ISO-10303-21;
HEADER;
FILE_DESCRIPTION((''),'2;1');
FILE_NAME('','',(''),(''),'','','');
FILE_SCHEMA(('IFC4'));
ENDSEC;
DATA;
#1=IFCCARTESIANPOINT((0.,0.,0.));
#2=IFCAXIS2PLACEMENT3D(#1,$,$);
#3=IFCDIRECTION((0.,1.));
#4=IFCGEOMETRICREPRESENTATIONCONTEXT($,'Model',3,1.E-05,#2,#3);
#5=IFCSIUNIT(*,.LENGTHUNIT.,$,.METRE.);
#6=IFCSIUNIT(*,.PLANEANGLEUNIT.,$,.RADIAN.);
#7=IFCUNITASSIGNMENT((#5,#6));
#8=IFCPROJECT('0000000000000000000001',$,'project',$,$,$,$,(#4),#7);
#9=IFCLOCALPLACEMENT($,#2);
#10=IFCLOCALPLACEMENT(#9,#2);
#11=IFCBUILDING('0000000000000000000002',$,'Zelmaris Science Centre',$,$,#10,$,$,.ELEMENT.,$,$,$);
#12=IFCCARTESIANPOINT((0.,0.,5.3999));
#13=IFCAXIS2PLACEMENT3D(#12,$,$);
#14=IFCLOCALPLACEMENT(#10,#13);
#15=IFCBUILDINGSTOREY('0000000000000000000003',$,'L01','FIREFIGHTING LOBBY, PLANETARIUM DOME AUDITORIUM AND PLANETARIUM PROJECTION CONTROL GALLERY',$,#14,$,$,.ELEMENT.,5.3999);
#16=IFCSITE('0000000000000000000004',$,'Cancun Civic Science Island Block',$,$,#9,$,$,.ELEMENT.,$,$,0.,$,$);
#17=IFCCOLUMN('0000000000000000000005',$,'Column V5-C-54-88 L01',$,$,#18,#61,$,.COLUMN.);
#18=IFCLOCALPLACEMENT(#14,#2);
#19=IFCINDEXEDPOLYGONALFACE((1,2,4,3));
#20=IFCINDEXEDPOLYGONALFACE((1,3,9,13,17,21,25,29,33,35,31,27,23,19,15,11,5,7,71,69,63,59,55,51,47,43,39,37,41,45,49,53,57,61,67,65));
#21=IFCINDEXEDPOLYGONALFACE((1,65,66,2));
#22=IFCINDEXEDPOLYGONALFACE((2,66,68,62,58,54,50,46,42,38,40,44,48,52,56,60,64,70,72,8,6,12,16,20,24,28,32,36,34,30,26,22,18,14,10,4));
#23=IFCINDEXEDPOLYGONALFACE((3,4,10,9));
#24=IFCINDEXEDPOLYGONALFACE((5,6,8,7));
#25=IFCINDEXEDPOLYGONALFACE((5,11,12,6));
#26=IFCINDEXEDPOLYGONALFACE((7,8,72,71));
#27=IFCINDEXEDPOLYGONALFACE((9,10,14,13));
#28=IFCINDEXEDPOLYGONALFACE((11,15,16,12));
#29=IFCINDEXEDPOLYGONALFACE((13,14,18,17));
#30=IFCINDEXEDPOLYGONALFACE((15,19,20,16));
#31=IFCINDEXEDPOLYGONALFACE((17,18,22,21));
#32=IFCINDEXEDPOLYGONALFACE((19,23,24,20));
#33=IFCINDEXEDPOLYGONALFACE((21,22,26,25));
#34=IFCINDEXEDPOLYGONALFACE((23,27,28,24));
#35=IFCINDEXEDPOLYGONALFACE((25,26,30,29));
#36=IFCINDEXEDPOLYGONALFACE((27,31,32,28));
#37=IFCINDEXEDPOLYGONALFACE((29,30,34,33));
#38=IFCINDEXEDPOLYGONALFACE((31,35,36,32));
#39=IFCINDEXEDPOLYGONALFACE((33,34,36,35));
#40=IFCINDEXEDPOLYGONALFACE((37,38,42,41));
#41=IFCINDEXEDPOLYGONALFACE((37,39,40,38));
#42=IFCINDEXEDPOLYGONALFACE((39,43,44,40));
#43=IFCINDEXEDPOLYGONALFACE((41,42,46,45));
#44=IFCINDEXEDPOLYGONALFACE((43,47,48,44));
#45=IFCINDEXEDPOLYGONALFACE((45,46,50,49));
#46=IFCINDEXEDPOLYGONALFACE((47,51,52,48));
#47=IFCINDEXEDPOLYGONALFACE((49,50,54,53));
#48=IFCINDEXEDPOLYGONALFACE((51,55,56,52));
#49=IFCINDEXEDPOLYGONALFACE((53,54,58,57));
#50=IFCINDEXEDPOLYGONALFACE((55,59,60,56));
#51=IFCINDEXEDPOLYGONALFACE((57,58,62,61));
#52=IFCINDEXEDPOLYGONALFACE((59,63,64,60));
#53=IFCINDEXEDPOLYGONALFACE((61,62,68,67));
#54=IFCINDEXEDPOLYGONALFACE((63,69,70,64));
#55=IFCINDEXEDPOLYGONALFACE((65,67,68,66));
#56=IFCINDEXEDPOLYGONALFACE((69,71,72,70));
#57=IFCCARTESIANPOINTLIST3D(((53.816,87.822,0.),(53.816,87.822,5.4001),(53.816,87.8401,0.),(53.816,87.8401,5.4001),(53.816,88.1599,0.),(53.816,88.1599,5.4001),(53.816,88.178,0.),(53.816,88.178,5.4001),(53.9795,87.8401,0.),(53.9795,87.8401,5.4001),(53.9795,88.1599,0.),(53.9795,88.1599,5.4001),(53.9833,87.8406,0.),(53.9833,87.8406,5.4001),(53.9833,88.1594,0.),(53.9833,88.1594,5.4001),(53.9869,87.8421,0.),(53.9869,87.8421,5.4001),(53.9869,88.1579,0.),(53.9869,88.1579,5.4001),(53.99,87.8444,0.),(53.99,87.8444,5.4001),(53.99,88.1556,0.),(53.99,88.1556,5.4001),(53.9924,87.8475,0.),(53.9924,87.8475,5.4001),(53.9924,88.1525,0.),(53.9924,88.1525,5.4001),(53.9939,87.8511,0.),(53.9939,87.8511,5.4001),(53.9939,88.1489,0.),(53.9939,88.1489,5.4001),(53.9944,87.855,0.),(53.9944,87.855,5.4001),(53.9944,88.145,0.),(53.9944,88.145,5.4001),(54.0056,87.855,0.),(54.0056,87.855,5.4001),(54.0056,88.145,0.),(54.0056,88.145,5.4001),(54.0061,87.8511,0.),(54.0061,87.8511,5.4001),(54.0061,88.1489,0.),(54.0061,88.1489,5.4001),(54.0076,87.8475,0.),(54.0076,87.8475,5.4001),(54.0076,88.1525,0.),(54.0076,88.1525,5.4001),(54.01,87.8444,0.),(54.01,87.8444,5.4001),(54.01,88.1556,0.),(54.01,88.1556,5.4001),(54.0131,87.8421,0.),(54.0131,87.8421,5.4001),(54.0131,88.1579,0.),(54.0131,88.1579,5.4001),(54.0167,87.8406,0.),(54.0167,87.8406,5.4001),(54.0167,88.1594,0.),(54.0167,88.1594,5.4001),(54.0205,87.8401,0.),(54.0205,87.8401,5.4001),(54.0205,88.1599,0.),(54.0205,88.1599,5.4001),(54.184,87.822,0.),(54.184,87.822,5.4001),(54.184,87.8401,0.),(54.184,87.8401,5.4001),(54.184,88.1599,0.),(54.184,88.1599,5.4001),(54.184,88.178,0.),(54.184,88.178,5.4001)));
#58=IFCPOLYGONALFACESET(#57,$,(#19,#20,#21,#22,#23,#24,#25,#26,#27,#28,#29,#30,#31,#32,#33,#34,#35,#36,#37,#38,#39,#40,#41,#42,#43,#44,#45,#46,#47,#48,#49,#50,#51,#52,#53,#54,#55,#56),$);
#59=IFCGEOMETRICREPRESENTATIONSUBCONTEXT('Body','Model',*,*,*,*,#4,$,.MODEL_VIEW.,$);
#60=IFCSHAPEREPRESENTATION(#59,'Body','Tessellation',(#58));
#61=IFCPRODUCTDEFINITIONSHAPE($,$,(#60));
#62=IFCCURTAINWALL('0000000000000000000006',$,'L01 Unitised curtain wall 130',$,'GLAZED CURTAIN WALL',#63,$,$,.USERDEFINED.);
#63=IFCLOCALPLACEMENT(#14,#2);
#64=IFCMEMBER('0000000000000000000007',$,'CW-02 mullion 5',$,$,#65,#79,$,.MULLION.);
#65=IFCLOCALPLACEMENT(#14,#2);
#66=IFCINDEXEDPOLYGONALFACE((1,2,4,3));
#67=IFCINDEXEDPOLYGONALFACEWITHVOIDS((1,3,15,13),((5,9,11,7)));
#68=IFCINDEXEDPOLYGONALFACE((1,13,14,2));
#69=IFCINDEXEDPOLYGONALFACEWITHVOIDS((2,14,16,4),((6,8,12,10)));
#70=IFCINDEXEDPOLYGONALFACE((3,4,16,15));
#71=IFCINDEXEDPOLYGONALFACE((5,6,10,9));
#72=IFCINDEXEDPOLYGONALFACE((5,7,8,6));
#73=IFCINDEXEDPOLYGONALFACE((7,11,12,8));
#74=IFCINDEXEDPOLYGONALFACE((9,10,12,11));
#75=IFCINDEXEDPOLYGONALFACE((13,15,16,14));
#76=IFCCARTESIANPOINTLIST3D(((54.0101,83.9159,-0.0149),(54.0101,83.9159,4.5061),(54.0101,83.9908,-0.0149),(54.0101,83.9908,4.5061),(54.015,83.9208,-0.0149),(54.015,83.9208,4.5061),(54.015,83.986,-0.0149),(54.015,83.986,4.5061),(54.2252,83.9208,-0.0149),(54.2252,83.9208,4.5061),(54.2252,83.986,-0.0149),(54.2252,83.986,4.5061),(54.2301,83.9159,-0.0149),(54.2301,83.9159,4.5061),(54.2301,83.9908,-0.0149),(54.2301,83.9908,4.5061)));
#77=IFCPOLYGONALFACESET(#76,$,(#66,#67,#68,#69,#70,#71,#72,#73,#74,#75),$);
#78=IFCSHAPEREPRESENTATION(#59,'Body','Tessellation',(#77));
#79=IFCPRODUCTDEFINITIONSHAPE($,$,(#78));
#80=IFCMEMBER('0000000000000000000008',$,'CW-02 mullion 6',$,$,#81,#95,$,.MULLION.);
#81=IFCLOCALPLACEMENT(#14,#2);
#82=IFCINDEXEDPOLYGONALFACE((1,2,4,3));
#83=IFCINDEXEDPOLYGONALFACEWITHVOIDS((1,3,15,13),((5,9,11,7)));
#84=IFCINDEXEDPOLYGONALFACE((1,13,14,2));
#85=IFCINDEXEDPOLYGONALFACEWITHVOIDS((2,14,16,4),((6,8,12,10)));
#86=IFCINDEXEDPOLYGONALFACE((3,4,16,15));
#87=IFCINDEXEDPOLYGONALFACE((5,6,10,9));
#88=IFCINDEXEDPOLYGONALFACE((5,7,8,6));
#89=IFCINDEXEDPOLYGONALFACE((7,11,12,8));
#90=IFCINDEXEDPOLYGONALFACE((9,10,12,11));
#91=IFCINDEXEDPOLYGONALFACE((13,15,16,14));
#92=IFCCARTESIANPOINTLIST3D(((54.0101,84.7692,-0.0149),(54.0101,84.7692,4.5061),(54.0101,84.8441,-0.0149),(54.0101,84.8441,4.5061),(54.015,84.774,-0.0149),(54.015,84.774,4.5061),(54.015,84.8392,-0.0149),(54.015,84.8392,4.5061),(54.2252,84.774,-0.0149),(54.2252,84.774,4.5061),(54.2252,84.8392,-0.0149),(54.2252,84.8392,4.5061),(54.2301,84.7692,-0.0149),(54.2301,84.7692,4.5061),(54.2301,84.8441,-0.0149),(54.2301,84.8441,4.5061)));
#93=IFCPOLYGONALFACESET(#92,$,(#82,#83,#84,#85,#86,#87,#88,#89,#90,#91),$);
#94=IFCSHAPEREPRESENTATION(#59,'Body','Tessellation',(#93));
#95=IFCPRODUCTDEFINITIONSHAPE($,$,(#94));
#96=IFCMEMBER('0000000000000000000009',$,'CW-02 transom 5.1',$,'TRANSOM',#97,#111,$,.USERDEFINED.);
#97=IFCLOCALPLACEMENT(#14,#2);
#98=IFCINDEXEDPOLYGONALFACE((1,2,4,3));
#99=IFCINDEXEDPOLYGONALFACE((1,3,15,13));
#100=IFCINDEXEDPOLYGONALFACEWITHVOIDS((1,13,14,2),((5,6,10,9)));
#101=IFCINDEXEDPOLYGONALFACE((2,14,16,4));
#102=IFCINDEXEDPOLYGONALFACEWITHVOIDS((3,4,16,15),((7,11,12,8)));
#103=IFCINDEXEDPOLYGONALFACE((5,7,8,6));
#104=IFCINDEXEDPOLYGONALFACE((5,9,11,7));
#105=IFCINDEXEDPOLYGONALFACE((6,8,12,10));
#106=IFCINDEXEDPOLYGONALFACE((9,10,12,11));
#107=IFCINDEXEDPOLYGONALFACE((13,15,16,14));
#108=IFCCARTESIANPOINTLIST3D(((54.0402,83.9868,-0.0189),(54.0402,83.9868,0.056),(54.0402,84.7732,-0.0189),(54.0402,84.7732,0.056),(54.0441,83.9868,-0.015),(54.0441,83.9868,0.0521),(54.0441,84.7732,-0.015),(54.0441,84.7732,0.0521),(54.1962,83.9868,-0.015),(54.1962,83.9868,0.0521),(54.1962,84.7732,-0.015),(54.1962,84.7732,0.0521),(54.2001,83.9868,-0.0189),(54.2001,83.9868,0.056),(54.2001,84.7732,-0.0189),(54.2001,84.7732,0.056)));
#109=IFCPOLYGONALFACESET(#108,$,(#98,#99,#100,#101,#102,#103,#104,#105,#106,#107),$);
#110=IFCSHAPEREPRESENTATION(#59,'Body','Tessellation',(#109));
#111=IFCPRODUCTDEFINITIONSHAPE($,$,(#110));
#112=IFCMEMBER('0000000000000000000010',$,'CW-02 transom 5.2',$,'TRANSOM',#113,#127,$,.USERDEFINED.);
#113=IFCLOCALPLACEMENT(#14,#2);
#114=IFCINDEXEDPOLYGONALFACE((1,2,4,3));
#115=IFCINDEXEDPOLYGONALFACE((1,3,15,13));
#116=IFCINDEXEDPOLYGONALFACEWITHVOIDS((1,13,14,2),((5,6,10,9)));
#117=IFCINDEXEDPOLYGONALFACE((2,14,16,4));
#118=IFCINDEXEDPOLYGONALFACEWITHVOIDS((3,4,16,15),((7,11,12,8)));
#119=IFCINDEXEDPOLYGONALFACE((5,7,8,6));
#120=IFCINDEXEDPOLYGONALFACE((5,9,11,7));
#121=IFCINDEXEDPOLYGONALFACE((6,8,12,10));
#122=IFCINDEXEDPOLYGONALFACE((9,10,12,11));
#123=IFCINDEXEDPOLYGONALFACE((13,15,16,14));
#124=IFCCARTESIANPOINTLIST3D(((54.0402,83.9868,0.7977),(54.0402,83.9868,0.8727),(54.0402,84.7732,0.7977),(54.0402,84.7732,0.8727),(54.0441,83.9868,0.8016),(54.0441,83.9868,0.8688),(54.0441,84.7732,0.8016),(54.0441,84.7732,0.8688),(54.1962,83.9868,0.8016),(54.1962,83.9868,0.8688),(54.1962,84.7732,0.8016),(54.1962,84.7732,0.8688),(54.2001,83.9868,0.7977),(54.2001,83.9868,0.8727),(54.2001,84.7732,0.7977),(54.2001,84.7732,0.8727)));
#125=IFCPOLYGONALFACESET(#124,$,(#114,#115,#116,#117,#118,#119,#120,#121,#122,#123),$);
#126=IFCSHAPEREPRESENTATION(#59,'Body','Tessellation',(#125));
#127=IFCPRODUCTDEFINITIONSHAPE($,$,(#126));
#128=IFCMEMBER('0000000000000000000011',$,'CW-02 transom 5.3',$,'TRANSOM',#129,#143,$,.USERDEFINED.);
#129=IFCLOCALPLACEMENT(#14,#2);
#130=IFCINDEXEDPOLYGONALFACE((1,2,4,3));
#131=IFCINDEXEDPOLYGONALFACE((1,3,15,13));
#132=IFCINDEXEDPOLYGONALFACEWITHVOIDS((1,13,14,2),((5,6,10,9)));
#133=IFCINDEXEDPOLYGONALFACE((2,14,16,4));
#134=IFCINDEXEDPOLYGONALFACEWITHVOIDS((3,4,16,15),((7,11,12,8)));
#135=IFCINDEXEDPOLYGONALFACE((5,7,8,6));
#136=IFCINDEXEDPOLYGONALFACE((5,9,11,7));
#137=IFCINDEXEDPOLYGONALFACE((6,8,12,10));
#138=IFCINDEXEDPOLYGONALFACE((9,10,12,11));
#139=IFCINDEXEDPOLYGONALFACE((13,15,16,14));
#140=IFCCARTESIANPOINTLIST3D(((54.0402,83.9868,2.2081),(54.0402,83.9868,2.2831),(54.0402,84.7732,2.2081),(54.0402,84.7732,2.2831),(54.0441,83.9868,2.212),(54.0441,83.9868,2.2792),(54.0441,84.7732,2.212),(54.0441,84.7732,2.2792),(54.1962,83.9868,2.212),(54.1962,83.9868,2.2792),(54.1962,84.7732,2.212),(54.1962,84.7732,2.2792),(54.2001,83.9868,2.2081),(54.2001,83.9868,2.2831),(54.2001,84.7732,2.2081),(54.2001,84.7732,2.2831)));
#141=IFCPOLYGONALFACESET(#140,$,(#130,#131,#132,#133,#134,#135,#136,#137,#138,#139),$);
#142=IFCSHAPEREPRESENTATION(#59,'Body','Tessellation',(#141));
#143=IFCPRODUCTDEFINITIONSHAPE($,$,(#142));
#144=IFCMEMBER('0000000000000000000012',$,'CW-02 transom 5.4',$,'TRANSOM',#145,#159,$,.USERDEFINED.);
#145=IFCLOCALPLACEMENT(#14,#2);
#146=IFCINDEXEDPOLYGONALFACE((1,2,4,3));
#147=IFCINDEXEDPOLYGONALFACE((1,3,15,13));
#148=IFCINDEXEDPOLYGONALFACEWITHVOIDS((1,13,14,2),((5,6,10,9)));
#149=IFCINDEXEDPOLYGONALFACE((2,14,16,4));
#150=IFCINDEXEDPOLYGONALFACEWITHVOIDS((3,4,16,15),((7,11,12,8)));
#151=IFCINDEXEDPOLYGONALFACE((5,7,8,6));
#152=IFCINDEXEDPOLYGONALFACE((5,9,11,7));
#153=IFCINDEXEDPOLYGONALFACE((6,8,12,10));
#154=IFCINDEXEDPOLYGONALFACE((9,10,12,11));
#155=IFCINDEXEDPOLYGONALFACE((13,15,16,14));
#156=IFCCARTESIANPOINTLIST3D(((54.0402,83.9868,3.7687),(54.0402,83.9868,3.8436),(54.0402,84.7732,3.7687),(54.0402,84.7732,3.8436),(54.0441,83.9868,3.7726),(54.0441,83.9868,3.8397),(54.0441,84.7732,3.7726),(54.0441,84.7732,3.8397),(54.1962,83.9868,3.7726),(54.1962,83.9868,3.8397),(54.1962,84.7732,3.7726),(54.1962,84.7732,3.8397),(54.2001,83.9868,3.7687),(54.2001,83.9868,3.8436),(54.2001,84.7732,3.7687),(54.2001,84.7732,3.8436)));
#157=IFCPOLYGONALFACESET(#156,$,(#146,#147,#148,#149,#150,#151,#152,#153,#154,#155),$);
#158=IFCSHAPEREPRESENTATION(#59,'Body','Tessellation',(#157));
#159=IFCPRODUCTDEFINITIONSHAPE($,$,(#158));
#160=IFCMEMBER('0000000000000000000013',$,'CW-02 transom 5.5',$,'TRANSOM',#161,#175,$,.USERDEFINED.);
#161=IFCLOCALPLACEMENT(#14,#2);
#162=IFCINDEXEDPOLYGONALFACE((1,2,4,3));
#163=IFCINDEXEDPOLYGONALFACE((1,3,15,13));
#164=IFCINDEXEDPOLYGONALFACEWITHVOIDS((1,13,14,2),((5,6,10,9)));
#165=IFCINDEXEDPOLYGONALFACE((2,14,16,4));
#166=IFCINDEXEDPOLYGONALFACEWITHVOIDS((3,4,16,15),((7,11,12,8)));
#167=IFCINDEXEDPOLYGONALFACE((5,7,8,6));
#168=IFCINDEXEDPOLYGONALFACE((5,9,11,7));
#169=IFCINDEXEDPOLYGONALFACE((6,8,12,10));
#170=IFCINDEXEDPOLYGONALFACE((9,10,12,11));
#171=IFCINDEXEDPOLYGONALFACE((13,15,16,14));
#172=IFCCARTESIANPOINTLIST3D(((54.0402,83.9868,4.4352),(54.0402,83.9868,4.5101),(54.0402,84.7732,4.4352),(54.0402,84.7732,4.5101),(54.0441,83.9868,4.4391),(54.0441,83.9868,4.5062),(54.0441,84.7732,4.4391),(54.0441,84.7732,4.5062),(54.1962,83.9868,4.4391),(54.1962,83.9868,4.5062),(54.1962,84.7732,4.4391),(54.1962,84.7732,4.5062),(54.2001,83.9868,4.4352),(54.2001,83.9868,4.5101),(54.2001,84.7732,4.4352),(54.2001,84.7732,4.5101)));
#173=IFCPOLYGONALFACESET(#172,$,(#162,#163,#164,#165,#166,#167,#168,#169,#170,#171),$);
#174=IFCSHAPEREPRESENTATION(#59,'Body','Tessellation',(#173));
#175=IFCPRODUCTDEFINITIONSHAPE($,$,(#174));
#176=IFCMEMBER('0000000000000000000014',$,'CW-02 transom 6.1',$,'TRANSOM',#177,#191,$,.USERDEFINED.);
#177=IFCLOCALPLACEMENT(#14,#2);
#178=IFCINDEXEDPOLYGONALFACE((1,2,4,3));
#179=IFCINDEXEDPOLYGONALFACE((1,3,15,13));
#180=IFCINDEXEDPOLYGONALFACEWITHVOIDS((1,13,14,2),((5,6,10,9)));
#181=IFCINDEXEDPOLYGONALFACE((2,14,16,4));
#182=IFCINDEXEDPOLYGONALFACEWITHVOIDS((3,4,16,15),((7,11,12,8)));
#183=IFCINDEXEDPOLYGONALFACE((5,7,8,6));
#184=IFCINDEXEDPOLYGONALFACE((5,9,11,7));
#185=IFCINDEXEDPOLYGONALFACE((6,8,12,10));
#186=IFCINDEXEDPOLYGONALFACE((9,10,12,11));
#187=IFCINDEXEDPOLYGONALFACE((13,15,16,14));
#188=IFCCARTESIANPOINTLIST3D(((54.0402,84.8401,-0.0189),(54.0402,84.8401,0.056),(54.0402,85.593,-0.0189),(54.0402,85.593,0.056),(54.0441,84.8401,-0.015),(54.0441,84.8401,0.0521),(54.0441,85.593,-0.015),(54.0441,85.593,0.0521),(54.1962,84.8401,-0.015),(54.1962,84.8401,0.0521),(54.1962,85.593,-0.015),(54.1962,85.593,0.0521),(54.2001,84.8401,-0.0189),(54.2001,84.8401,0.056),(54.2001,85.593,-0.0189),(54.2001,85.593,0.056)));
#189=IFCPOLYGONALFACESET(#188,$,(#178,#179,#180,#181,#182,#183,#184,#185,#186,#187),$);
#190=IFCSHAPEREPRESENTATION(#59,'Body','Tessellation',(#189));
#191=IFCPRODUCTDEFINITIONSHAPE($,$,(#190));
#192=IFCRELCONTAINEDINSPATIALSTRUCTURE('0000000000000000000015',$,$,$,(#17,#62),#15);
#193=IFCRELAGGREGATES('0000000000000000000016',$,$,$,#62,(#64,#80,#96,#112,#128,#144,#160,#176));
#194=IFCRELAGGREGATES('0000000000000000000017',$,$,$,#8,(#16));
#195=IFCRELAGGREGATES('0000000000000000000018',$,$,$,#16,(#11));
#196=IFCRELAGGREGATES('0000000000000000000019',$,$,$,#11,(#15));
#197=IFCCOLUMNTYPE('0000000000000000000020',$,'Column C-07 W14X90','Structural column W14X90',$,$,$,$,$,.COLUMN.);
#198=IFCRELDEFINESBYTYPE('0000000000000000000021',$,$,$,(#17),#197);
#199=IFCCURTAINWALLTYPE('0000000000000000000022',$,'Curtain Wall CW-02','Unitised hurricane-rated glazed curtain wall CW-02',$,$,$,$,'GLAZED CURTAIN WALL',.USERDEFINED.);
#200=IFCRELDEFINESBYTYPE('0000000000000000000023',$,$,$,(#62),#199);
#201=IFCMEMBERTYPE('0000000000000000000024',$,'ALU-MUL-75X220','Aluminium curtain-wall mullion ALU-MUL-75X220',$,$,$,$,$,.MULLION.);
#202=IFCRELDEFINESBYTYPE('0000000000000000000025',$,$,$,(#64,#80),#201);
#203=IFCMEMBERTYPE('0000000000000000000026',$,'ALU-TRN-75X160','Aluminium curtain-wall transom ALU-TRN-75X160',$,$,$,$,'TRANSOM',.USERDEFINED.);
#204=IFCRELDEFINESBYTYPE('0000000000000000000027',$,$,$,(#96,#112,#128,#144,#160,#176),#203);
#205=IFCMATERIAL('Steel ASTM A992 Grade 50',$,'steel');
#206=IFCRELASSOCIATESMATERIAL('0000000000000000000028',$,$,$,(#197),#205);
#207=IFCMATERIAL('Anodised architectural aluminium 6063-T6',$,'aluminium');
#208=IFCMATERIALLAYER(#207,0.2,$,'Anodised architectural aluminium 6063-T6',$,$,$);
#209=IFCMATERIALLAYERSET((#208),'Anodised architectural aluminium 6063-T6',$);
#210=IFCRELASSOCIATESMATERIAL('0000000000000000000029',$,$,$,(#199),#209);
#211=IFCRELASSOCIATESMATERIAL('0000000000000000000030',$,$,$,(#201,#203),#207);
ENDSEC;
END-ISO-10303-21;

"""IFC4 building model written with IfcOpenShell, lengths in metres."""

from ifc_helpers import new_model, si_unit, direction, frame, origin, origin_2d, place, context, subcontext, project, spatial, hollow_rectangle, i_section, extrude, material, layer, layer_set, material_profile, profile_set, type_object, element, aggregate, save


model = new_model("IFC4")

# Units and contexts
model_context = context("Model", 3, precision=1e-05, world=origin(), true_north=direction((0.0, 1.0)))
body_context = subcontext(model_context, "Body", "Model", "MODEL_VIEW")
ifc_project = project(units=[si_unit("LENGTHUNIT", "METRE"), si_unit("PLANEANGLEUNIT", "RADIAN")], contexts=[model_context])

# Site, building, storey
site_placement = place(None, origin())
site = spatial("IfcSite", under=ifc_project, at=site_placement, Name="Cancun Civic Science Island Block", CompositionType="ELEMENT", RefElevation=0.0)
building_placement = place(site_placement, origin())
building = spatial("IfcBuilding", under=site, at=building_placement, Name="Zelmaris Science Centre", CompositionType="ELEMENT")
storey_placement = place(building_placement, frame((0.0, 0.0, 5.3999)))
storey = spatial("IfcBuildingStorey", under=building, at=storey_placement, Name="L01", Description="FIREFIGHTING LOBBY, PLANETARIUM DOME AUDITORIUM AND PLANETARIUM PROJECTION CONTROL GALLERY", CompositionType="ELEMENT", Elevation=5.3999)

# Column
ifc_material_1 = material(Name="Steel ASTM A992 Grade 50", Category="steel")
ifc_material_profile_1 = material_profile(ifc_material_1, i_section(OverallWidth=0.3679, OverallDepth=0.356, WebThickness=0.0112, FlangeThickness=0.0181, FilletRadius=0.0149, at=origin_2d()), Name="W14X90")
ifc_profile_set_1 = profile_set([ifc_material_profile_1], Name="Steel ASTM A992 Grade 50")
column_type = type_object("IfcColumnType", Name="Column C-07 W14X90", Description="Structural column W14X90", PredefinedType="COLUMN", material=ifc_profile_set_1)
column_placement = place(storey_placement, frame((54.0, 88.0, 0.0), z_axis=(0.0, 0.0, 1.0), x_axis=(1.0, 0.0, 0.0)))
element("IfcColumn", 1, at=column_placement, inside=storey, type_object=column_type, Name="Column V5-C-54-88 L01", PredefinedType="COLUMN", context=body_context, shape_type="SweptSolid", body=[
    extrude(i_section(OverallWidth=0.3679, OverallDepth=0.356, WebThickness=0.0112, FlangeThickness=0.0181, FilletRadius=0.0149, at=origin_2d()), origin(), (0.0, 0.0, 1.0), 5.4001),
])

# Curtain wall, members
ifc_material_2 = material(Name="Anodised architectural aluminium 6063-T6", Category="aluminium")
ifc_layer_1 = layer(ifc_material_2, 0.2, Name="Anodised architectural aluminium 6063-T6")
ifc_layer_set_1 = layer_set([ifc_layer_1], Name="Anodised architectural aluminium 6063-T6")
curtain_wall_type = type_object("IfcCurtainWallType", Name="Curtain Wall CW-02", Description="Unitised hurricane-rated glazed curtain wall CW-02", ElementType="GLAZED CURTAIN WALL", PredefinedType="USERDEFINED", material=ifc_layer_set_1)
curtain_wall_placement = place(storey_placement, origin())
curtain_wall = element("IfcCurtainWall", 2, at=curtain_wall_placement, inside=storey, type_object=curtain_wall_type, Name="L01 Unitised curtain wall 130", ObjectType="GLAZED CURTAIN WALL", PredefinedType="USERDEFINED")
ifc_material_profile_2 = material_profile(ifc_material_2, hollow_rectangle(XDim=0.075, YDim=0.22, WallThickness=0.0049, at=origin_2d()), Name="ALU-MUL-75X220")
ifc_profile_set_2 = profile_set([ifc_material_profile_2], Name="Anodised architectural aluminium 6063-T6")
member_type_1 = type_object("IfcMemberType", Name="ALU-MUL-75X220", Description="Aluminium curtain-wall mullion ALU-MUL-75X220", PredefinedType="MULLION", material=ifc_profile_set_2)
member_1_placement = place(storey_placement, frame((54.1201, 83.9534, -0.0149), z_axis=(0.0, 0.0, 1.0), x_axis=(0.000007, 1.0, 0.0)))
member_1 = element("IfcMember", 3, at=member_1_placement, type_object=member_type_1, Name="CW-02 mullion 5", PredefinedType="MULLION", context=body_context, shape_type="SweptSolid", body=[
    extrude(hollow_rectangle(XDim=0.075, YDim=0.22, WallThickness=0.0049, at=origin_2d()), origin(), (0.0, 0.0, 1.0), 4.521),
])
member_2_placement = place(storey_placement, frame((54.1201, 84.8066, -0.0149), z_axis=(0.0, 0.0, 1.0), x_axis=(0.000007, 1.0, 0.0)))
member_2 = element("IfcMember", 4, at=member_2_placement, type_object=member_type_1, Name="CW-02 mullion 6", PredefinedType="MULLION", context=body_context, shape_type="SweptSolid", body=[
    extrude(hollow_rectangle(XDim=0.075, YDim=0.22, WallThickness=0.0049, at=origin_2d()), origin(), (0.0, 0.0, 1.0), 4.521),
])
ifc_material_profile_3 = material_profile(ifc_material_2, hollow_rectangle(XDim=0.075, YDim=0.1599, WallThickness=0.0039, at=origin_2d()), Name="ALU-TRN-75X160")
ifc_profile_set_3 = profile_set([ifc_material_profile_3], Name="Anodised architectural aluminium 6063-T6")
member_type_2 = type_object("IfcMemberType", Name="ALU-TRN-75X160", Description="Aluminium curtain-wall transom ALU-TRN-75X160", ElementType="TRANSOM", PredefinedType="USERDEFINED", material=ifc_profile_set_3)
member_3_placement = place(storey_placement, frame((54.1201, 83.9868, 0.0186), z_axis=(0.0, 1.0, 0.0), x_axis=(0.0, 0.0, 1.0)))
member_3 = element("IfcMember", 5, at=member_3_placement, type_object=member_type_2, Name="CW-02 transom 5.1", ObjectType="TRANSOM", PredefinedType="USERDEFINED", context=body_context, shape_type="SweptSolid", body=[
    extrude(hollow_rectangle(XDim=0.075, YDim=0.1599, WallThickness=0.0039, at=origin_2d()), origin(), (0.0, 0.0, 1.0), 0.7864),
])
member_4_placement = place(storey_placement, frame((54.1201, 83.9868, 0.8352), z_axis=(0.0, 1.0, 0.0), x_axis=(0.0, 0.0, 1.0)))
member_4 = element("IfcMember", 6, at=member_4_placement, type_object=member_type_2, Name="CW-02 transom 5.2", ObjectType="TRANSOM", PredefinedType="USERDEFINED", context=body_context, shape_type="SweptSolid", body=[
    extrude(hollow_rectangle(XDim=0.075, YDim=0.1599, WallThickness=0.0039, at=origin_2d()), origin(), (0.0, 0.0, 1.0), 0.7864),
])
member_5_placement = place(storey_placement, frame((54.1201, 83.9868, 2.2456), z_axis=(0.0, 1.0, 0.0), x_axis=(0.0, 0.0, 1.0)))
member_5 = element("IfcMember", 7, at=member_5_placement, type_object=member_type_2, Name="CW-02 transom 5.3", ObjectType="TRANSOM", PredefinedType="USERDEFINED", context=body_context, shape_type="SweptSolid", body=[
    extrude(hollow_rectangle(XDim=0.075, YDim=0.1599, WallThickness=0.0039, at=origin_2d()), origin(), (0.0, 0.0, 1.0), 0.7864),
])
member_6_placement = place(storey_placement, frame((54.1201, 83.9868, 3.8062), z_axis=(0.0, 1.0, 0.0), x_axis=(0.0, 0.0, 1.0)))
member_6 = element("IfcMember", 8, at=member_6_placement, type_object=member_type_2, Name="CW-02 transom 5.4", ObjectType="TRANSOM", PredefinedType="USERDEFINED", context=body_context, shape_type="SweptSolid", body=[
    extrude(hollow_rectangle(XDim=0.075, YDim=0.1599, WallThickness=0.0039, at=origin_2d()), origin(), (0.0, 0.0, 1.0), 0.7864),
])
member_7_placement = place(storey_placement, frame((54.1201, 83.9868, 4.4727), z_axis=(0.0, 1.0, 0.0), x_axis=(0.0, 0.0, 1.0)))
member_7 = element("IfcMember", 9, at=member_7_placement, type_object=member_type_2, Name="CW-02 transom 5.5", ObjectType="TRANSOM", PredefinedType="USERDEFINED", context=body_context, shape_type="SweptSolid", body=[
    extrude(hollow_rectangle(XDim=0.075, YDim=0.1599, WallThickness=0.0039, at=origin_2d()), origin(), (0.0, 0.0, 1.0), 0.7864),
])
member_8_placement = place(storey_placement, frame((54.1201, 84.8401, 0.0186), z_axis=(0.0, 1.0, 0.0), x_axis=(0.0, 0.0, 1.0)))
member_8 = element("IfcMember", 10, at=member_8_placement, type_object=member_type_2, Name="CW-02 transom 6.1", ObjectType="TRANSOM", PredefinedType="USERDEFINED", context=body_context, shape_type="SweptSolid", body=[
    extrude(hollow_rectangle(XDim=0.075, YDim=0.1599, WallThickness=0.0039, at=origin_2d()), origin(), (0.0, 0.0, 1.0), 0.7529),
])

aggregate(curtain_wall, [member_1, member_2, member_3, member_4, member_5, member_6, member_7, member_8])

save(model, "model.ifc")
